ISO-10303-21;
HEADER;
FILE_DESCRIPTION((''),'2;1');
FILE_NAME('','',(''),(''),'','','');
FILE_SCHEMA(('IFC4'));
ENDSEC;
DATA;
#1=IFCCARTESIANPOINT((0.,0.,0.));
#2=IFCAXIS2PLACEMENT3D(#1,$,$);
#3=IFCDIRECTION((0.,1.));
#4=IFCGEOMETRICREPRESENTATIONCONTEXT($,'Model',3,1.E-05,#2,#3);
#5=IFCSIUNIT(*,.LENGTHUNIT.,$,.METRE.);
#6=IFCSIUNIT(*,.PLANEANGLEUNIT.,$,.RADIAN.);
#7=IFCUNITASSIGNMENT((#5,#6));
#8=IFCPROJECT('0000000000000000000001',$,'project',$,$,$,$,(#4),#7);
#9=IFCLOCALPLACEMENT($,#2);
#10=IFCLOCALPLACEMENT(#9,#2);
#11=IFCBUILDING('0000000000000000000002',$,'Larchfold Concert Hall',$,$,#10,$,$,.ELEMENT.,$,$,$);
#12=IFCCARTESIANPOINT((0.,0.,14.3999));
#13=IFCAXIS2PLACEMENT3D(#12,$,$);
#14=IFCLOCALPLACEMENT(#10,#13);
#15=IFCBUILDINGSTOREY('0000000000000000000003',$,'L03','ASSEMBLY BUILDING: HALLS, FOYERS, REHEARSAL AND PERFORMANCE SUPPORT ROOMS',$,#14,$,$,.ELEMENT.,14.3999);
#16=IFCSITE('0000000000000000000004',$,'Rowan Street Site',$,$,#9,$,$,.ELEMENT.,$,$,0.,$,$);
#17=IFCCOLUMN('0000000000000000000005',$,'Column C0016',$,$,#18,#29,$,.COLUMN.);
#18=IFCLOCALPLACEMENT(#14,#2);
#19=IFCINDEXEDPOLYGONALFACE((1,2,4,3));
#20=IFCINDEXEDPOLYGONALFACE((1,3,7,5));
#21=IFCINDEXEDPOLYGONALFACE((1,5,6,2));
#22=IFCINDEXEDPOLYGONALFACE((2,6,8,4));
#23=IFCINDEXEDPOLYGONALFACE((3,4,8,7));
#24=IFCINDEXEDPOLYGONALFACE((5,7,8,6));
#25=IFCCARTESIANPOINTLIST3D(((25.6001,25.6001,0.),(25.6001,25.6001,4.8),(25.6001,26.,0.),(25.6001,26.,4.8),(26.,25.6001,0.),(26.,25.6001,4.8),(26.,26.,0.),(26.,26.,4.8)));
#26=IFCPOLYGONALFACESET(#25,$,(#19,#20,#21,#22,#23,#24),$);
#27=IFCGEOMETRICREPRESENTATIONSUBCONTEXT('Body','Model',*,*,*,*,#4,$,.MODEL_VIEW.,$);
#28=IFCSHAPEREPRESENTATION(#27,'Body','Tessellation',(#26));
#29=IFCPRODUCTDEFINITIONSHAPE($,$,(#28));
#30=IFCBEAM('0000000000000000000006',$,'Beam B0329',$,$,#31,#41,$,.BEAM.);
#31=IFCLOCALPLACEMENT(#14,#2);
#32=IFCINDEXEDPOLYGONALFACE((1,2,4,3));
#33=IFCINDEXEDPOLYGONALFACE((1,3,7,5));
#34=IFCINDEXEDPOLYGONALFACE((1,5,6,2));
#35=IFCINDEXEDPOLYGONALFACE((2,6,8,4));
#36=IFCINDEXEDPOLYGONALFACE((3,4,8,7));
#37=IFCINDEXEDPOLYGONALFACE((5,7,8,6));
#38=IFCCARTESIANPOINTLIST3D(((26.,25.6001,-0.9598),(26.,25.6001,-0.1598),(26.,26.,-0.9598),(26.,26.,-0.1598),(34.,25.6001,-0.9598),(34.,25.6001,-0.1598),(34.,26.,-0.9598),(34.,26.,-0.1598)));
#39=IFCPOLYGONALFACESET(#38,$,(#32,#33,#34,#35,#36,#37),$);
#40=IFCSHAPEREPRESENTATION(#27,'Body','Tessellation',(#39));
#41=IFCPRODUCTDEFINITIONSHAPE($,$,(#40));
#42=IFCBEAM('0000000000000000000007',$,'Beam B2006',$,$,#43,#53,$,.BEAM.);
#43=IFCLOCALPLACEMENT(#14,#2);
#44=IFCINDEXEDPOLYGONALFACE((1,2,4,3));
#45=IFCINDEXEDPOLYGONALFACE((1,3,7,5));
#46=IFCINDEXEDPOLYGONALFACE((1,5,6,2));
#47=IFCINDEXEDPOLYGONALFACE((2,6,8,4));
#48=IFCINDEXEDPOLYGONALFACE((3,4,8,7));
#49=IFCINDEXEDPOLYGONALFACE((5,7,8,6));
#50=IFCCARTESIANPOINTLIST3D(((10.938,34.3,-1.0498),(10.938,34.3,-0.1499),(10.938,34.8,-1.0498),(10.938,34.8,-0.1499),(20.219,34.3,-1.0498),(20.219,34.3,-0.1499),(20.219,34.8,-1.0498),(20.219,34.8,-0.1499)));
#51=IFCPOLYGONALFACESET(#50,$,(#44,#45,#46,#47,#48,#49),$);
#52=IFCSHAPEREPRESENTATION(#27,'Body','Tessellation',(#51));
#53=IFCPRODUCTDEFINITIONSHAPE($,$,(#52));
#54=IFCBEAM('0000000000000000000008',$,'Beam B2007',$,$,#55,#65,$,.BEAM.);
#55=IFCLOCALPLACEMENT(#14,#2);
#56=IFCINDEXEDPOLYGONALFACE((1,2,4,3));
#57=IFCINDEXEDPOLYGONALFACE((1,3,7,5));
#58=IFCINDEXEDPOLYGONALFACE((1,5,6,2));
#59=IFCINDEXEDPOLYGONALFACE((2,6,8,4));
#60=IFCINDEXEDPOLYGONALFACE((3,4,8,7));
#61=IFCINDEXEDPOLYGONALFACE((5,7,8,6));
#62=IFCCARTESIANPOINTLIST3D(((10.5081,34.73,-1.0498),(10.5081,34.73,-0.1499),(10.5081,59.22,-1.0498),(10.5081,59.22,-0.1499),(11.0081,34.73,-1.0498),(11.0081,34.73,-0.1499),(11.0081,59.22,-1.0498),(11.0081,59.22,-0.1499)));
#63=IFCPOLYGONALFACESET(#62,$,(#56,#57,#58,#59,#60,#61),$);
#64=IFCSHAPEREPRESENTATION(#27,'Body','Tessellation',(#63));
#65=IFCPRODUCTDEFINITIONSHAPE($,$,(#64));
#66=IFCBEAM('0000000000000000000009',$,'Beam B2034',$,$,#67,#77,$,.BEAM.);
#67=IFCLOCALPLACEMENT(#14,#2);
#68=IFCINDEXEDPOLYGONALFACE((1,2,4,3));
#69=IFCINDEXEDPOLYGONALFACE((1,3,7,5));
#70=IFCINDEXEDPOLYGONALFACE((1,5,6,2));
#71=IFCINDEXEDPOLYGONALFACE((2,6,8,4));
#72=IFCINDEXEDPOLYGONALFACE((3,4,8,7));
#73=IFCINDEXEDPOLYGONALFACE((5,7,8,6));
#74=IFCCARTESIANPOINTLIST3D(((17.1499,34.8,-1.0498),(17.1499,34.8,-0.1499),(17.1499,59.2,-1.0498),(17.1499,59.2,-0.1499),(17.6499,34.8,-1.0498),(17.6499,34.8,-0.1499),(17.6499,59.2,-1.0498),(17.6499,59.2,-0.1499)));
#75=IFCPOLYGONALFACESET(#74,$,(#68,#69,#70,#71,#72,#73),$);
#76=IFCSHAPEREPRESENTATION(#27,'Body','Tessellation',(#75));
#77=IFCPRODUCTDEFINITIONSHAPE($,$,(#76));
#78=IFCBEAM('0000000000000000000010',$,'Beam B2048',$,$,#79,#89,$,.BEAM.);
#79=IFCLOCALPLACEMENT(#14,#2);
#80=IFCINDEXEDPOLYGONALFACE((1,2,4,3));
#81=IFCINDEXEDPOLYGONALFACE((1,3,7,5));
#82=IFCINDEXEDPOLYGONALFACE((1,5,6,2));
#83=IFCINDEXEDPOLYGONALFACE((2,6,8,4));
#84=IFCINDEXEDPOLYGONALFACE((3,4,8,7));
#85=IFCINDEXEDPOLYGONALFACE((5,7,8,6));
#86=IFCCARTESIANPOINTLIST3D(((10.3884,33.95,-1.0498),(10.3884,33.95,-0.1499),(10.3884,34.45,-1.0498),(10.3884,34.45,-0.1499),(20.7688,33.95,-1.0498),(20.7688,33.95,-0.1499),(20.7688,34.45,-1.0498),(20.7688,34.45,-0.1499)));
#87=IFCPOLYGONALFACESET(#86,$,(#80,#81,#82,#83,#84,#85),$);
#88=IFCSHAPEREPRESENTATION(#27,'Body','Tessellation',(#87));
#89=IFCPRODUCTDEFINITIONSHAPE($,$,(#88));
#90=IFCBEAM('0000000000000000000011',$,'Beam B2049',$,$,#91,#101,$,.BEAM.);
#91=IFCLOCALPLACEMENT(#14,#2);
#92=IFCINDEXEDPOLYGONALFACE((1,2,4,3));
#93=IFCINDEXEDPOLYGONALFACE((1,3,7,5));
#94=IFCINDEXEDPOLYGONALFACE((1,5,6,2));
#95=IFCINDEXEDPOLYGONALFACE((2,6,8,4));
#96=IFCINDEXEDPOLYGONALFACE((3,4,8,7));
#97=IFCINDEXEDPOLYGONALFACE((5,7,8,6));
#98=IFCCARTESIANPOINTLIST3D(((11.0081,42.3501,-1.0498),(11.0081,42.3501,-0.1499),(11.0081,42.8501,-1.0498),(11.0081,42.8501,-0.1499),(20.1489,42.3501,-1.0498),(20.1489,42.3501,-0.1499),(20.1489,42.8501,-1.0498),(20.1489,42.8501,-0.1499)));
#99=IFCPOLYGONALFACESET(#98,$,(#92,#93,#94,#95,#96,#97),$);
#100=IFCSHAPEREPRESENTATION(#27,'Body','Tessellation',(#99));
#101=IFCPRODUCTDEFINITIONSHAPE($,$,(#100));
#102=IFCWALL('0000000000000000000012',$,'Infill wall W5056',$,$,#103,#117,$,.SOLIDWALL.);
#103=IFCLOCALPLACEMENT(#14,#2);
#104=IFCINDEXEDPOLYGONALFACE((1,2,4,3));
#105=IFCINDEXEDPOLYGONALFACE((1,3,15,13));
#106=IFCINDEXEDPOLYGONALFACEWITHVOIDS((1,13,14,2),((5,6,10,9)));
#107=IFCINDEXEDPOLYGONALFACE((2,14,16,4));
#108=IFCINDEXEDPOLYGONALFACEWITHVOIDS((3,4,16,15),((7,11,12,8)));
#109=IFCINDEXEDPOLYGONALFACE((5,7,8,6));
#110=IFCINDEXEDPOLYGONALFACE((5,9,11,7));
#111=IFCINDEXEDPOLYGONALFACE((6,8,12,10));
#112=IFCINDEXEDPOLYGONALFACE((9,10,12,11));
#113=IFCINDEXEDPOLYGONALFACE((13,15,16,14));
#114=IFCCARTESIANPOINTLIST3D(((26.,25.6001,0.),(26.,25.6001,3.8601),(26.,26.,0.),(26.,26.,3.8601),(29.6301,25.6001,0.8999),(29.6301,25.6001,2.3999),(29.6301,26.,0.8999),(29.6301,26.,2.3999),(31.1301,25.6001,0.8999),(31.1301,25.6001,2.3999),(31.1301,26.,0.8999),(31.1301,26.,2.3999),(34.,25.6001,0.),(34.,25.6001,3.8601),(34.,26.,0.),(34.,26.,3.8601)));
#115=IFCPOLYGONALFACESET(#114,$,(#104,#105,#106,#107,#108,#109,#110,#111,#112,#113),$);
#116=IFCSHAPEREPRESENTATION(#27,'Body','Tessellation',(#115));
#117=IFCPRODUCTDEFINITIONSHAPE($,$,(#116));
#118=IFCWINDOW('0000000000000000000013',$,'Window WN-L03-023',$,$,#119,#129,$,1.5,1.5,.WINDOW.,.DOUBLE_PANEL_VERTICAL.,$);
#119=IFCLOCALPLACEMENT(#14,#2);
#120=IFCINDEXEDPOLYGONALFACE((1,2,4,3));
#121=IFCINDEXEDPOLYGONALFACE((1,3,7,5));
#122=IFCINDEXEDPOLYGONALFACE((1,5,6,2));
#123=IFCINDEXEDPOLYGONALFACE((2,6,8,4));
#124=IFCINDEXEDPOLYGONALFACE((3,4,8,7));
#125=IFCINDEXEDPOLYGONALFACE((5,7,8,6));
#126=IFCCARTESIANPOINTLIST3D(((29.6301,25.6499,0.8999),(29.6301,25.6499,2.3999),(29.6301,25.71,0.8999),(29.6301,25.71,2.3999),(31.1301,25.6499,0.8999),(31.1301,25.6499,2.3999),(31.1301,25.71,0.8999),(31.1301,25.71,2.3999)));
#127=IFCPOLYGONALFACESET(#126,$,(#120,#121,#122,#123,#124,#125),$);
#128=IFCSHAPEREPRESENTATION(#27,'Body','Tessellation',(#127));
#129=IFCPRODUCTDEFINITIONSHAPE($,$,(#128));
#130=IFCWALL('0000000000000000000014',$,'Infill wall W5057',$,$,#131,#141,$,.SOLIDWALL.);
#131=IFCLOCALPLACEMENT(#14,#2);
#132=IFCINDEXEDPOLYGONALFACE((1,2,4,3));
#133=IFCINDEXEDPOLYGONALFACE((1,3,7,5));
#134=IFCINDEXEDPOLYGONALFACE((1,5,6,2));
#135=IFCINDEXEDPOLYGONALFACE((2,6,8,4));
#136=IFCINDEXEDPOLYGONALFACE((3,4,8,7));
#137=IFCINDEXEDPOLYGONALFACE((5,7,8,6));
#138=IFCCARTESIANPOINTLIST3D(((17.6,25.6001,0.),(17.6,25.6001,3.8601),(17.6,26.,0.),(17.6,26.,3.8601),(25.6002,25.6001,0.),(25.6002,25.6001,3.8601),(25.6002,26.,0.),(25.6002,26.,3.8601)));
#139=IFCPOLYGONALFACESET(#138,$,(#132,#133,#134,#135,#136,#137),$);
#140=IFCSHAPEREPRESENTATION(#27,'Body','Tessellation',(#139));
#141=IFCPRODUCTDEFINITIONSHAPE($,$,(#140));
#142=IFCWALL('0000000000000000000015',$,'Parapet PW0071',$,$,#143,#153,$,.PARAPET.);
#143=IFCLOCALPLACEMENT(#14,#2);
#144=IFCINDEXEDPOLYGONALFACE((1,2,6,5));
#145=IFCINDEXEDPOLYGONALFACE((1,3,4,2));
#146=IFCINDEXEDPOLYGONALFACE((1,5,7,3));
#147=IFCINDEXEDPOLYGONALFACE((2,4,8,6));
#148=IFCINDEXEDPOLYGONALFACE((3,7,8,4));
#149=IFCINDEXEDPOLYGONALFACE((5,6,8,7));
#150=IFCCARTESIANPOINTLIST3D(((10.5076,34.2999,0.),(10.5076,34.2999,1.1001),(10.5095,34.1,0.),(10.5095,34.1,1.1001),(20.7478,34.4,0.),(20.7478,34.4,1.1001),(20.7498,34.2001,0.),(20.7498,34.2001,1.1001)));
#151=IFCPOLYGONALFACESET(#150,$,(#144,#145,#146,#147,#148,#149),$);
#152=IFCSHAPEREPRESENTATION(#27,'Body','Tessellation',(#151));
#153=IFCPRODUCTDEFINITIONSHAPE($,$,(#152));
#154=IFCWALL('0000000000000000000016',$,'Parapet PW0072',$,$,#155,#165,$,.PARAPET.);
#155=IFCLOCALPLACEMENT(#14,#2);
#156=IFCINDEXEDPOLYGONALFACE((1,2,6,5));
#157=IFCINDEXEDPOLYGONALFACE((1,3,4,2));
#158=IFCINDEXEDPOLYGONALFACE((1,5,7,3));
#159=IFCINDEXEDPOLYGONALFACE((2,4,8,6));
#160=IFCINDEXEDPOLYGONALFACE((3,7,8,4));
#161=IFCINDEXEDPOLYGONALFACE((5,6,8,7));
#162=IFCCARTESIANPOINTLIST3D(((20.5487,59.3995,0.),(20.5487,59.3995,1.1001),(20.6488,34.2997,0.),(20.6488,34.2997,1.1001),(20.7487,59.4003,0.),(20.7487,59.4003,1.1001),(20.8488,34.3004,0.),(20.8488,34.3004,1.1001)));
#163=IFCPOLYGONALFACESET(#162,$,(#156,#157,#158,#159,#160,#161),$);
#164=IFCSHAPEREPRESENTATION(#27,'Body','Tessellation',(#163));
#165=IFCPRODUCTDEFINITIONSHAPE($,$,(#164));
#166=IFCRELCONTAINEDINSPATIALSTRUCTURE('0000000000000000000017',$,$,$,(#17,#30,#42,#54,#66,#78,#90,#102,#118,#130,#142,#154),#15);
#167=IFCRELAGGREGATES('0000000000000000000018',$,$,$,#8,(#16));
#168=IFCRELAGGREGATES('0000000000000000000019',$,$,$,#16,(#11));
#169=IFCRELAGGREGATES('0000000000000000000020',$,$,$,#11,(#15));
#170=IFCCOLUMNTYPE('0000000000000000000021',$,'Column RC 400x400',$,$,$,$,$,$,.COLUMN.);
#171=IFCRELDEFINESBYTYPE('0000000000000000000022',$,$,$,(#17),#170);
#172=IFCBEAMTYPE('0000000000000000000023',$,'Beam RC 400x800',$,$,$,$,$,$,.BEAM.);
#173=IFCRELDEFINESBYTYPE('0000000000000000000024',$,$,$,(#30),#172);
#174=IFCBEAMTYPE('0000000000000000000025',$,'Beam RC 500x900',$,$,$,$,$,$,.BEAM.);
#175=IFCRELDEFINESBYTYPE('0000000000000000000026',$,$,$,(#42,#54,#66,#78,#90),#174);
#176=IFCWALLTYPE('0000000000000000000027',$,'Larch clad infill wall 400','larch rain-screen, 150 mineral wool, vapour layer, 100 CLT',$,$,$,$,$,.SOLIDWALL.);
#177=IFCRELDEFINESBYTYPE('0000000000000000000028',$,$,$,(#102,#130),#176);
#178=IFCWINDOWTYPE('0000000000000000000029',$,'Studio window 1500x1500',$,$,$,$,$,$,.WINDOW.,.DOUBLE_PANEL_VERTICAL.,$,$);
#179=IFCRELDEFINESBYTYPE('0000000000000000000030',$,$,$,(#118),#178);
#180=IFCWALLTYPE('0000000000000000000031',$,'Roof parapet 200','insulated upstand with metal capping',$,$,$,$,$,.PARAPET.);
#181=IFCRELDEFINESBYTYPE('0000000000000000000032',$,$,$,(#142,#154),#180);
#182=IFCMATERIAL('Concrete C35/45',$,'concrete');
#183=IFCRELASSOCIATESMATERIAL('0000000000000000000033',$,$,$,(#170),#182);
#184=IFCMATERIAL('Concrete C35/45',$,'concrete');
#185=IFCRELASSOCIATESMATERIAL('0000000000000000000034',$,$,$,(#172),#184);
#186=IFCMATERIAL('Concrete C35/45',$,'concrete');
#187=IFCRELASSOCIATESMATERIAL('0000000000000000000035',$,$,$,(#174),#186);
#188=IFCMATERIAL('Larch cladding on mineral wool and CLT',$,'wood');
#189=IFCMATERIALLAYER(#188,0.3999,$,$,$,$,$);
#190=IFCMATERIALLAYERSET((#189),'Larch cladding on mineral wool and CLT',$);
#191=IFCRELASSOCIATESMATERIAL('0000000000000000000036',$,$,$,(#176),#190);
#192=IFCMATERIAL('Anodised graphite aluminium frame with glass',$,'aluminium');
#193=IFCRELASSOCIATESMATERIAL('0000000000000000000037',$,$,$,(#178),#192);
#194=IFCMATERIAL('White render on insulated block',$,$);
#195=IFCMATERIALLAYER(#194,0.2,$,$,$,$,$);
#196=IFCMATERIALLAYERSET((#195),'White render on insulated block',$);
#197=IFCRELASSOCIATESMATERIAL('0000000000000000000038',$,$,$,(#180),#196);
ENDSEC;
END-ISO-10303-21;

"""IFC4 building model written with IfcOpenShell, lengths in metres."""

from ifc_helpers import new_model, si_unit, direction, frame, frame_2d, origin, origin_2d, place, context, subcontext, project, spatial, rectangle, extrude, material, layer, layer_set, material_profile, profile_set, type_object, element, fill, save


model = new_model("IFC4")

# Units and contexts
model_context = context("Model", 3, precision=1e-05, world=origin(), true_north=direction((0.0, 1.0)))
body_context = subcontext(model_context, "Body", "Model", "MODEL_VIEW")
ifc_project = project(units=[si_unit("LENGTHUNIT", "METRE"), si_unit("PLANEANGLEUNIT", "RADIAN")], contexts=[model_context])

# Site, building, storey
site_placement = place(None, origin())
site = spatial("IfcSite", under=ifc_project, at=site_placement, Name="Rowan Street Site", CompositionType="ELEMENT", RefElevation=0.0)
building_placement = place(site_placement, origin())
building = spatial("IfcBuilding", under=site, at=building_placement, Name="Larchfold Concert Hall", CompositionType="ELEMENT")
storey_placement = place(building_placement, frame((0.0, 0.0, 14.3999)))
storey = spatial("IfcBuildingStorey", under=building, at=storey_placement, Name="L03", Description="ASSEMBLY BUILDING: HALLS, FOYERS, REHEARSAL AND PERFORMANCE SUPPORT ROOMS", CompositionType="ELEMENT", Elevation=14.3999)

# Column
ifc_material_1 = material(Name="Concrete C35/45", Category="concrete")
ifc_material_profile_1 = material_profile(ifc_material_1, rectangle(XDim=0.3999, YDim=0.3999, at=origin_2d()))
ifc_profile_set_1 = profile_set([ifc_material_profile_1], Name="Concrete C35/45")
column_type = type_object("IfcColumnType", Name="Column RC 400x400", PredefinedType="COLUMN", material=ifc_profile_set_1)
column_placement = place(storey_placement, frame((25.8, 25.8, 0.0), z_axis=(0.0, 0.0, 1.0), x_axis=(1.0, 0.0, 0.0)))
element("IfcColumn", 1, at=column_placement, inside=storey, type_object=column_type, Name="Column C0016", PredefinedType="COLUMN", context=body_context, shape_type="SweptSolid", body=[
    extrude(rectangle(XDim=0.3999, YDim=0.3999, at=origin_2d()), origin(), (0.0, 0.0, 1.0), 4.8),
])

# Beams
ifc_material_2 = material(Name="Concrete C35/45", Category="concrete")
ifc_material_profile_2 = material_profile(ifc_material_2, rectangle(XDim=0.3999, YDim=0.8, at=origin_2d()))
ifc_profile_set_2 = profile_set([ifc_material_profile_2], Name="Concrete C35/45")
beam_type_1 = type_object("IfcBeamType", Name="Beam RC 400x800", PredefinedType="BEAM", material=ifc_profile_set_2)
beam_1_placement = place(storey_placement, frame((26.0, 25.8, -0.5598), z_axis=(1.0, 0.0, 0.0), x_axis=(0.0, 1.0, 0.0)))
element("IfcBeam", 2, at=beam_1_placement, inside=storey, type_object=beam_type_1, Name="Beam B0329", PredefinedType="BEAM", context=body_context, shape_type="SweptSolid", body=[
    extrude(rectangle(XDim=0.3999, YDim=0.8, at=origin_2d()), origin(), (0.0, 0.0, 1.0), 8.0),
])
ifc_material_3 = material(Name="Concrete C35/45", Category="concrete")
ifc_material_profile_3 = material_profile(ifc_material_3, rectangle(XDim=0.5, YDim=0.8999, at=origin_2d()))
ifc_profile_set_3 = profile_set([ifc_material_profile_3], Name="Concrete C35/45")
beam_type_2 = type_object("IfcBeamType", Name="Beam RC 500x900", PredefinedType="BEAM", material=ifc_profile_set_3)
beam_2_placement = place(storey_placement, frame((20.219, 34.55, -0.5999), z_axis=(-1.0, 0.0, 0.0), x_axis=(0.0, -1.0, 0.0)))
element("IfcBeam", 3, at=beam_2_placement, inside=storey, type_object=beam_type_2, Name="Beam B2006", PredefinedType="BEAM", context=body_context, shape_type="SweptSolid", body=[
    extrude(rectangle(XDim=0.5, YDim=0.8999, at=origin_2d()), origin(), (0.0, 0.0, 1.0), 9.281),
])
beam_3_placement = place(storey_placement, frame((10.7581, 34.73, -0.5999), z_axis=(0.0, 1.0, 0.0), x_axis=(-1.0, 0.0, 0.0)))
element("IfcBeam", 4, at=beam_3_placement, inside=storey, type_object=beam_type_2, Name="Beam B2007", PredefinedType="BEAM", context=body_context, shape_type="SweptSolid", body=[
    extrude(rectangle(XDim=0.5, YDim=0.8999, at=origin_2d()), origin(), (0.0, 0.0, 1.0), 24.49),
])
beam_4_placement = place(storey_placement, frame((17.3999, 34.8, -0.5999), z_axis=(0.0, 1.0, 0.0), x_axis=(-1.0, 0.0, 0.0)))
element("IfcBeam", 5, at=beam_4_placement, inside=storey, type_object=beam_type_2, Name="Beam B2034", PredefinedType="BEAM", context=body_context, shape_type="SweptSolid", body=[
    extrude(rectangle(XDim=0.5, YDim=0.8999, at=origin_2d()), origin(), (0.0, 0.0, 1.0), 24.3999),
])
beam_5_placement = place(storey_placement, frame((10.3884, 34.2, -0.5999), z_axis=(1.0, 0.0, 0.0), x_axis=(0.0, 1.0, 0.0)))
element("IfcBeam", 6, at=beam_5_placement, inside=storey, type_object=beam_type_2, Name="Beam B2048", PredefinedType="BEAM", context=body_context, shape_type="SweptSolid", body=[
    extrude(rectangle(XDim=0.5, YDim=0.8999, at=origin_2d()), origin(), (0.0, 0.0, 1.0), 10.3804),
])
beam_6_placement = place(storey_placement, frame((11.0081, 42.6001, -0.5999), z_axis=(1.0, 0.0, 0.0), x_axis=(0.0, 1.0, 0.0)))
element("IfcBeam", 7, at=beam_6_placement, inside=storey, type_object=beam_type_2, Name="Beam B2049", PredefinedType="BEAM", context=body_context, shape_type="SweptSolid", body=[
    extrude(rectangle(XDim=0.5, YDim=0.8999, at=origin_2d()), origin(), (0.0, 0.0, 1.0), 9.1409),
])

# Wall, opening, window
ifc_material_4 = material(Name="Larch cladding on mineral wool and CLT", Category="wood")
ifc_layer_1 = layer(ifc_material_4, 0.3999)
ifc_layer_set_1 = layer_set([ifc_layer_1], Name="Larch cladding on mineral wool and CLT")
wall_type_1 = type_object("IfcWallType", Name="Larch clad infill wall 400", Description="larch rain-screen, 150 mineral wool, vapour layer, 100 CLT", PredefinedType="SOLIDWALL", material=ifc_layer_set_1)
wall_1_placement = place(storey_placement, frame((34.0, 25.8, 0.0), z_axis=(0.0, 0.0, 1.0), x_axis=(-1.0, 0.0, 0.0)))
wall_1 = element("IfcWall", 8, at=wall_1_placement, inside=storey, type_object=wall_type_1, Name="Infill wall W5056", PredefinedType="SOLIDWALL", context=body_context, shape_type="SweptSolid", body=[
    extrude(rectangle(XDim=8.0, YDim=0.3999, at=frame_2d((4.0, 0.0))), origin(), (0.0, 0.0, 1.0), 3.8601),
])
opening_1_placement = place(wall_1_placement, frame((2.8699, 0.0, 0.8999)))
opening_1 = element("IfcOpeningElement", 9, at=opening_1_placement, cuts=wall_1, PredefinedType="OPENING", context=body_context, shape_type="SweptSolid", body=[
    extrude(rectangle(XDim=1.5, YDim=1.5, at=frame_2d((0.75, 0.75))), frame((0.0, 0.21, 0.0), z_axis=(0.0, -1.0, 0.0), x_axis=(1.0, 0.0, 0.0)), (0.0, 0.0, 1.0), 0.4199),
])
ifc_material_5 = material(Name="Anodised graphite aluminium frame with glass", Category="aluminium")
window_type_1 = type_object("IfcWindowType", Name="Studio window 1500x1500", PartitioningType="DOUBLE_PANEL_VERTICAL", PredefinedType="WINDOW", material=ifc_material_5)
window_1_placement = place(opening_1_placement, origin())
window_1 = element("IfcWindow", 10, at=window_1_placement, inside=storey, type_object=window_type_1, Name="Window WN-L03-023", OverallHeight=1.5, OverallWidth=1.5, PartitioningType="DOUBLE_PANEL_VERTICAL", PredefinedType="WINDOW", context=body_context, shape_type="SweptSolid", body=[
    extrude(rectangle(XDim=1.5, YDim=1.5, at=frame_2d((0.75, 0.75))), frame((0.0, 0.1501, 0.0), z_axis=(0.0, -1.0, 0.0), x_axis=(1.0, 0.0, 0.0)), (0.0, 0.0, 1.0), 0.0601),
])
fill(opening_1, window_1)

# Walls
wall_2_placement = place(storey_placement, frame((25.6001, 25.8, 0.0), z_axis=(0.0, 0.0, 1.0), x_axis=(-1.0, 0.0, 0.0)))
element("IfcWall", 11, at=wall_2_placement, inside=storey, type_object=wall_type_1, Name="Infill wall W5057", PredefinedType="SOLIDWALL", context=body_context, shape_type="SweptSolid", body=[
    extrude(rectangle(XDim=8.0002, YDim=0.3999, at=frame_2d((4.0, 0.0))), origin(), (0.0, 0.0, 1.0), 3.8601),
])
ifc_material_6 = material(Name="White render on insulated block")
ifc_layer_2 = layer(ifc_material_6, 0.2)
ifc_layer_set_2 = layer_set([ifc_layer_2], Name="White render on insulated block")
wall_type_2 = type_object("IfcWallType", Name="Roof parapet 200", Description="insulated upstand with metal capping", PredefinedType="PARAPET", material=ifc_layer_set_2)
wall_3_placement = place(storey_placement, frame((10.5085, 34.2, 0.0), z_axis=(0.0, 0.0, 1.0), x_axis=(0.999952, 0.009774, 0.0)))
element("IfcWall", 12, at=wall_3_placement, inside=storey, type_object=wall_type_2, Name="Parapet PW0071", PredefinedType="PARAPET", context=body_context, shape_type="SweptSolid", body=[
    extrude(rectangle(XDim=10.2407, YDim=0.2, at=frame_2d((5.1204, 0.0))), origin(), (0.0, 0.0, 1.0), 1.1001),
])
wall_4_placement = place(storey_placement, frame((20.7488, 34.3, 0.0), z_axis=(0.0, 0.0, 1.0), x_axis=(-0.003988, 0.999992, 0.0)))
element("IfcWall", 13, at=wall_4_placement, inside=storey, type_object=wall_type_2, Name="Parapet PW0072", PredefinedType="PARAPET", context=body_context, shape_type="SweptSolid", body=[
    extrude(rectangle(XDim=25.1001, YDim=0.2, at=frame_2d((12.55, 0.0))), origin(), (0.0, 0.0, 1.0), 1.1001),
])

save(model, "model.ifc")
